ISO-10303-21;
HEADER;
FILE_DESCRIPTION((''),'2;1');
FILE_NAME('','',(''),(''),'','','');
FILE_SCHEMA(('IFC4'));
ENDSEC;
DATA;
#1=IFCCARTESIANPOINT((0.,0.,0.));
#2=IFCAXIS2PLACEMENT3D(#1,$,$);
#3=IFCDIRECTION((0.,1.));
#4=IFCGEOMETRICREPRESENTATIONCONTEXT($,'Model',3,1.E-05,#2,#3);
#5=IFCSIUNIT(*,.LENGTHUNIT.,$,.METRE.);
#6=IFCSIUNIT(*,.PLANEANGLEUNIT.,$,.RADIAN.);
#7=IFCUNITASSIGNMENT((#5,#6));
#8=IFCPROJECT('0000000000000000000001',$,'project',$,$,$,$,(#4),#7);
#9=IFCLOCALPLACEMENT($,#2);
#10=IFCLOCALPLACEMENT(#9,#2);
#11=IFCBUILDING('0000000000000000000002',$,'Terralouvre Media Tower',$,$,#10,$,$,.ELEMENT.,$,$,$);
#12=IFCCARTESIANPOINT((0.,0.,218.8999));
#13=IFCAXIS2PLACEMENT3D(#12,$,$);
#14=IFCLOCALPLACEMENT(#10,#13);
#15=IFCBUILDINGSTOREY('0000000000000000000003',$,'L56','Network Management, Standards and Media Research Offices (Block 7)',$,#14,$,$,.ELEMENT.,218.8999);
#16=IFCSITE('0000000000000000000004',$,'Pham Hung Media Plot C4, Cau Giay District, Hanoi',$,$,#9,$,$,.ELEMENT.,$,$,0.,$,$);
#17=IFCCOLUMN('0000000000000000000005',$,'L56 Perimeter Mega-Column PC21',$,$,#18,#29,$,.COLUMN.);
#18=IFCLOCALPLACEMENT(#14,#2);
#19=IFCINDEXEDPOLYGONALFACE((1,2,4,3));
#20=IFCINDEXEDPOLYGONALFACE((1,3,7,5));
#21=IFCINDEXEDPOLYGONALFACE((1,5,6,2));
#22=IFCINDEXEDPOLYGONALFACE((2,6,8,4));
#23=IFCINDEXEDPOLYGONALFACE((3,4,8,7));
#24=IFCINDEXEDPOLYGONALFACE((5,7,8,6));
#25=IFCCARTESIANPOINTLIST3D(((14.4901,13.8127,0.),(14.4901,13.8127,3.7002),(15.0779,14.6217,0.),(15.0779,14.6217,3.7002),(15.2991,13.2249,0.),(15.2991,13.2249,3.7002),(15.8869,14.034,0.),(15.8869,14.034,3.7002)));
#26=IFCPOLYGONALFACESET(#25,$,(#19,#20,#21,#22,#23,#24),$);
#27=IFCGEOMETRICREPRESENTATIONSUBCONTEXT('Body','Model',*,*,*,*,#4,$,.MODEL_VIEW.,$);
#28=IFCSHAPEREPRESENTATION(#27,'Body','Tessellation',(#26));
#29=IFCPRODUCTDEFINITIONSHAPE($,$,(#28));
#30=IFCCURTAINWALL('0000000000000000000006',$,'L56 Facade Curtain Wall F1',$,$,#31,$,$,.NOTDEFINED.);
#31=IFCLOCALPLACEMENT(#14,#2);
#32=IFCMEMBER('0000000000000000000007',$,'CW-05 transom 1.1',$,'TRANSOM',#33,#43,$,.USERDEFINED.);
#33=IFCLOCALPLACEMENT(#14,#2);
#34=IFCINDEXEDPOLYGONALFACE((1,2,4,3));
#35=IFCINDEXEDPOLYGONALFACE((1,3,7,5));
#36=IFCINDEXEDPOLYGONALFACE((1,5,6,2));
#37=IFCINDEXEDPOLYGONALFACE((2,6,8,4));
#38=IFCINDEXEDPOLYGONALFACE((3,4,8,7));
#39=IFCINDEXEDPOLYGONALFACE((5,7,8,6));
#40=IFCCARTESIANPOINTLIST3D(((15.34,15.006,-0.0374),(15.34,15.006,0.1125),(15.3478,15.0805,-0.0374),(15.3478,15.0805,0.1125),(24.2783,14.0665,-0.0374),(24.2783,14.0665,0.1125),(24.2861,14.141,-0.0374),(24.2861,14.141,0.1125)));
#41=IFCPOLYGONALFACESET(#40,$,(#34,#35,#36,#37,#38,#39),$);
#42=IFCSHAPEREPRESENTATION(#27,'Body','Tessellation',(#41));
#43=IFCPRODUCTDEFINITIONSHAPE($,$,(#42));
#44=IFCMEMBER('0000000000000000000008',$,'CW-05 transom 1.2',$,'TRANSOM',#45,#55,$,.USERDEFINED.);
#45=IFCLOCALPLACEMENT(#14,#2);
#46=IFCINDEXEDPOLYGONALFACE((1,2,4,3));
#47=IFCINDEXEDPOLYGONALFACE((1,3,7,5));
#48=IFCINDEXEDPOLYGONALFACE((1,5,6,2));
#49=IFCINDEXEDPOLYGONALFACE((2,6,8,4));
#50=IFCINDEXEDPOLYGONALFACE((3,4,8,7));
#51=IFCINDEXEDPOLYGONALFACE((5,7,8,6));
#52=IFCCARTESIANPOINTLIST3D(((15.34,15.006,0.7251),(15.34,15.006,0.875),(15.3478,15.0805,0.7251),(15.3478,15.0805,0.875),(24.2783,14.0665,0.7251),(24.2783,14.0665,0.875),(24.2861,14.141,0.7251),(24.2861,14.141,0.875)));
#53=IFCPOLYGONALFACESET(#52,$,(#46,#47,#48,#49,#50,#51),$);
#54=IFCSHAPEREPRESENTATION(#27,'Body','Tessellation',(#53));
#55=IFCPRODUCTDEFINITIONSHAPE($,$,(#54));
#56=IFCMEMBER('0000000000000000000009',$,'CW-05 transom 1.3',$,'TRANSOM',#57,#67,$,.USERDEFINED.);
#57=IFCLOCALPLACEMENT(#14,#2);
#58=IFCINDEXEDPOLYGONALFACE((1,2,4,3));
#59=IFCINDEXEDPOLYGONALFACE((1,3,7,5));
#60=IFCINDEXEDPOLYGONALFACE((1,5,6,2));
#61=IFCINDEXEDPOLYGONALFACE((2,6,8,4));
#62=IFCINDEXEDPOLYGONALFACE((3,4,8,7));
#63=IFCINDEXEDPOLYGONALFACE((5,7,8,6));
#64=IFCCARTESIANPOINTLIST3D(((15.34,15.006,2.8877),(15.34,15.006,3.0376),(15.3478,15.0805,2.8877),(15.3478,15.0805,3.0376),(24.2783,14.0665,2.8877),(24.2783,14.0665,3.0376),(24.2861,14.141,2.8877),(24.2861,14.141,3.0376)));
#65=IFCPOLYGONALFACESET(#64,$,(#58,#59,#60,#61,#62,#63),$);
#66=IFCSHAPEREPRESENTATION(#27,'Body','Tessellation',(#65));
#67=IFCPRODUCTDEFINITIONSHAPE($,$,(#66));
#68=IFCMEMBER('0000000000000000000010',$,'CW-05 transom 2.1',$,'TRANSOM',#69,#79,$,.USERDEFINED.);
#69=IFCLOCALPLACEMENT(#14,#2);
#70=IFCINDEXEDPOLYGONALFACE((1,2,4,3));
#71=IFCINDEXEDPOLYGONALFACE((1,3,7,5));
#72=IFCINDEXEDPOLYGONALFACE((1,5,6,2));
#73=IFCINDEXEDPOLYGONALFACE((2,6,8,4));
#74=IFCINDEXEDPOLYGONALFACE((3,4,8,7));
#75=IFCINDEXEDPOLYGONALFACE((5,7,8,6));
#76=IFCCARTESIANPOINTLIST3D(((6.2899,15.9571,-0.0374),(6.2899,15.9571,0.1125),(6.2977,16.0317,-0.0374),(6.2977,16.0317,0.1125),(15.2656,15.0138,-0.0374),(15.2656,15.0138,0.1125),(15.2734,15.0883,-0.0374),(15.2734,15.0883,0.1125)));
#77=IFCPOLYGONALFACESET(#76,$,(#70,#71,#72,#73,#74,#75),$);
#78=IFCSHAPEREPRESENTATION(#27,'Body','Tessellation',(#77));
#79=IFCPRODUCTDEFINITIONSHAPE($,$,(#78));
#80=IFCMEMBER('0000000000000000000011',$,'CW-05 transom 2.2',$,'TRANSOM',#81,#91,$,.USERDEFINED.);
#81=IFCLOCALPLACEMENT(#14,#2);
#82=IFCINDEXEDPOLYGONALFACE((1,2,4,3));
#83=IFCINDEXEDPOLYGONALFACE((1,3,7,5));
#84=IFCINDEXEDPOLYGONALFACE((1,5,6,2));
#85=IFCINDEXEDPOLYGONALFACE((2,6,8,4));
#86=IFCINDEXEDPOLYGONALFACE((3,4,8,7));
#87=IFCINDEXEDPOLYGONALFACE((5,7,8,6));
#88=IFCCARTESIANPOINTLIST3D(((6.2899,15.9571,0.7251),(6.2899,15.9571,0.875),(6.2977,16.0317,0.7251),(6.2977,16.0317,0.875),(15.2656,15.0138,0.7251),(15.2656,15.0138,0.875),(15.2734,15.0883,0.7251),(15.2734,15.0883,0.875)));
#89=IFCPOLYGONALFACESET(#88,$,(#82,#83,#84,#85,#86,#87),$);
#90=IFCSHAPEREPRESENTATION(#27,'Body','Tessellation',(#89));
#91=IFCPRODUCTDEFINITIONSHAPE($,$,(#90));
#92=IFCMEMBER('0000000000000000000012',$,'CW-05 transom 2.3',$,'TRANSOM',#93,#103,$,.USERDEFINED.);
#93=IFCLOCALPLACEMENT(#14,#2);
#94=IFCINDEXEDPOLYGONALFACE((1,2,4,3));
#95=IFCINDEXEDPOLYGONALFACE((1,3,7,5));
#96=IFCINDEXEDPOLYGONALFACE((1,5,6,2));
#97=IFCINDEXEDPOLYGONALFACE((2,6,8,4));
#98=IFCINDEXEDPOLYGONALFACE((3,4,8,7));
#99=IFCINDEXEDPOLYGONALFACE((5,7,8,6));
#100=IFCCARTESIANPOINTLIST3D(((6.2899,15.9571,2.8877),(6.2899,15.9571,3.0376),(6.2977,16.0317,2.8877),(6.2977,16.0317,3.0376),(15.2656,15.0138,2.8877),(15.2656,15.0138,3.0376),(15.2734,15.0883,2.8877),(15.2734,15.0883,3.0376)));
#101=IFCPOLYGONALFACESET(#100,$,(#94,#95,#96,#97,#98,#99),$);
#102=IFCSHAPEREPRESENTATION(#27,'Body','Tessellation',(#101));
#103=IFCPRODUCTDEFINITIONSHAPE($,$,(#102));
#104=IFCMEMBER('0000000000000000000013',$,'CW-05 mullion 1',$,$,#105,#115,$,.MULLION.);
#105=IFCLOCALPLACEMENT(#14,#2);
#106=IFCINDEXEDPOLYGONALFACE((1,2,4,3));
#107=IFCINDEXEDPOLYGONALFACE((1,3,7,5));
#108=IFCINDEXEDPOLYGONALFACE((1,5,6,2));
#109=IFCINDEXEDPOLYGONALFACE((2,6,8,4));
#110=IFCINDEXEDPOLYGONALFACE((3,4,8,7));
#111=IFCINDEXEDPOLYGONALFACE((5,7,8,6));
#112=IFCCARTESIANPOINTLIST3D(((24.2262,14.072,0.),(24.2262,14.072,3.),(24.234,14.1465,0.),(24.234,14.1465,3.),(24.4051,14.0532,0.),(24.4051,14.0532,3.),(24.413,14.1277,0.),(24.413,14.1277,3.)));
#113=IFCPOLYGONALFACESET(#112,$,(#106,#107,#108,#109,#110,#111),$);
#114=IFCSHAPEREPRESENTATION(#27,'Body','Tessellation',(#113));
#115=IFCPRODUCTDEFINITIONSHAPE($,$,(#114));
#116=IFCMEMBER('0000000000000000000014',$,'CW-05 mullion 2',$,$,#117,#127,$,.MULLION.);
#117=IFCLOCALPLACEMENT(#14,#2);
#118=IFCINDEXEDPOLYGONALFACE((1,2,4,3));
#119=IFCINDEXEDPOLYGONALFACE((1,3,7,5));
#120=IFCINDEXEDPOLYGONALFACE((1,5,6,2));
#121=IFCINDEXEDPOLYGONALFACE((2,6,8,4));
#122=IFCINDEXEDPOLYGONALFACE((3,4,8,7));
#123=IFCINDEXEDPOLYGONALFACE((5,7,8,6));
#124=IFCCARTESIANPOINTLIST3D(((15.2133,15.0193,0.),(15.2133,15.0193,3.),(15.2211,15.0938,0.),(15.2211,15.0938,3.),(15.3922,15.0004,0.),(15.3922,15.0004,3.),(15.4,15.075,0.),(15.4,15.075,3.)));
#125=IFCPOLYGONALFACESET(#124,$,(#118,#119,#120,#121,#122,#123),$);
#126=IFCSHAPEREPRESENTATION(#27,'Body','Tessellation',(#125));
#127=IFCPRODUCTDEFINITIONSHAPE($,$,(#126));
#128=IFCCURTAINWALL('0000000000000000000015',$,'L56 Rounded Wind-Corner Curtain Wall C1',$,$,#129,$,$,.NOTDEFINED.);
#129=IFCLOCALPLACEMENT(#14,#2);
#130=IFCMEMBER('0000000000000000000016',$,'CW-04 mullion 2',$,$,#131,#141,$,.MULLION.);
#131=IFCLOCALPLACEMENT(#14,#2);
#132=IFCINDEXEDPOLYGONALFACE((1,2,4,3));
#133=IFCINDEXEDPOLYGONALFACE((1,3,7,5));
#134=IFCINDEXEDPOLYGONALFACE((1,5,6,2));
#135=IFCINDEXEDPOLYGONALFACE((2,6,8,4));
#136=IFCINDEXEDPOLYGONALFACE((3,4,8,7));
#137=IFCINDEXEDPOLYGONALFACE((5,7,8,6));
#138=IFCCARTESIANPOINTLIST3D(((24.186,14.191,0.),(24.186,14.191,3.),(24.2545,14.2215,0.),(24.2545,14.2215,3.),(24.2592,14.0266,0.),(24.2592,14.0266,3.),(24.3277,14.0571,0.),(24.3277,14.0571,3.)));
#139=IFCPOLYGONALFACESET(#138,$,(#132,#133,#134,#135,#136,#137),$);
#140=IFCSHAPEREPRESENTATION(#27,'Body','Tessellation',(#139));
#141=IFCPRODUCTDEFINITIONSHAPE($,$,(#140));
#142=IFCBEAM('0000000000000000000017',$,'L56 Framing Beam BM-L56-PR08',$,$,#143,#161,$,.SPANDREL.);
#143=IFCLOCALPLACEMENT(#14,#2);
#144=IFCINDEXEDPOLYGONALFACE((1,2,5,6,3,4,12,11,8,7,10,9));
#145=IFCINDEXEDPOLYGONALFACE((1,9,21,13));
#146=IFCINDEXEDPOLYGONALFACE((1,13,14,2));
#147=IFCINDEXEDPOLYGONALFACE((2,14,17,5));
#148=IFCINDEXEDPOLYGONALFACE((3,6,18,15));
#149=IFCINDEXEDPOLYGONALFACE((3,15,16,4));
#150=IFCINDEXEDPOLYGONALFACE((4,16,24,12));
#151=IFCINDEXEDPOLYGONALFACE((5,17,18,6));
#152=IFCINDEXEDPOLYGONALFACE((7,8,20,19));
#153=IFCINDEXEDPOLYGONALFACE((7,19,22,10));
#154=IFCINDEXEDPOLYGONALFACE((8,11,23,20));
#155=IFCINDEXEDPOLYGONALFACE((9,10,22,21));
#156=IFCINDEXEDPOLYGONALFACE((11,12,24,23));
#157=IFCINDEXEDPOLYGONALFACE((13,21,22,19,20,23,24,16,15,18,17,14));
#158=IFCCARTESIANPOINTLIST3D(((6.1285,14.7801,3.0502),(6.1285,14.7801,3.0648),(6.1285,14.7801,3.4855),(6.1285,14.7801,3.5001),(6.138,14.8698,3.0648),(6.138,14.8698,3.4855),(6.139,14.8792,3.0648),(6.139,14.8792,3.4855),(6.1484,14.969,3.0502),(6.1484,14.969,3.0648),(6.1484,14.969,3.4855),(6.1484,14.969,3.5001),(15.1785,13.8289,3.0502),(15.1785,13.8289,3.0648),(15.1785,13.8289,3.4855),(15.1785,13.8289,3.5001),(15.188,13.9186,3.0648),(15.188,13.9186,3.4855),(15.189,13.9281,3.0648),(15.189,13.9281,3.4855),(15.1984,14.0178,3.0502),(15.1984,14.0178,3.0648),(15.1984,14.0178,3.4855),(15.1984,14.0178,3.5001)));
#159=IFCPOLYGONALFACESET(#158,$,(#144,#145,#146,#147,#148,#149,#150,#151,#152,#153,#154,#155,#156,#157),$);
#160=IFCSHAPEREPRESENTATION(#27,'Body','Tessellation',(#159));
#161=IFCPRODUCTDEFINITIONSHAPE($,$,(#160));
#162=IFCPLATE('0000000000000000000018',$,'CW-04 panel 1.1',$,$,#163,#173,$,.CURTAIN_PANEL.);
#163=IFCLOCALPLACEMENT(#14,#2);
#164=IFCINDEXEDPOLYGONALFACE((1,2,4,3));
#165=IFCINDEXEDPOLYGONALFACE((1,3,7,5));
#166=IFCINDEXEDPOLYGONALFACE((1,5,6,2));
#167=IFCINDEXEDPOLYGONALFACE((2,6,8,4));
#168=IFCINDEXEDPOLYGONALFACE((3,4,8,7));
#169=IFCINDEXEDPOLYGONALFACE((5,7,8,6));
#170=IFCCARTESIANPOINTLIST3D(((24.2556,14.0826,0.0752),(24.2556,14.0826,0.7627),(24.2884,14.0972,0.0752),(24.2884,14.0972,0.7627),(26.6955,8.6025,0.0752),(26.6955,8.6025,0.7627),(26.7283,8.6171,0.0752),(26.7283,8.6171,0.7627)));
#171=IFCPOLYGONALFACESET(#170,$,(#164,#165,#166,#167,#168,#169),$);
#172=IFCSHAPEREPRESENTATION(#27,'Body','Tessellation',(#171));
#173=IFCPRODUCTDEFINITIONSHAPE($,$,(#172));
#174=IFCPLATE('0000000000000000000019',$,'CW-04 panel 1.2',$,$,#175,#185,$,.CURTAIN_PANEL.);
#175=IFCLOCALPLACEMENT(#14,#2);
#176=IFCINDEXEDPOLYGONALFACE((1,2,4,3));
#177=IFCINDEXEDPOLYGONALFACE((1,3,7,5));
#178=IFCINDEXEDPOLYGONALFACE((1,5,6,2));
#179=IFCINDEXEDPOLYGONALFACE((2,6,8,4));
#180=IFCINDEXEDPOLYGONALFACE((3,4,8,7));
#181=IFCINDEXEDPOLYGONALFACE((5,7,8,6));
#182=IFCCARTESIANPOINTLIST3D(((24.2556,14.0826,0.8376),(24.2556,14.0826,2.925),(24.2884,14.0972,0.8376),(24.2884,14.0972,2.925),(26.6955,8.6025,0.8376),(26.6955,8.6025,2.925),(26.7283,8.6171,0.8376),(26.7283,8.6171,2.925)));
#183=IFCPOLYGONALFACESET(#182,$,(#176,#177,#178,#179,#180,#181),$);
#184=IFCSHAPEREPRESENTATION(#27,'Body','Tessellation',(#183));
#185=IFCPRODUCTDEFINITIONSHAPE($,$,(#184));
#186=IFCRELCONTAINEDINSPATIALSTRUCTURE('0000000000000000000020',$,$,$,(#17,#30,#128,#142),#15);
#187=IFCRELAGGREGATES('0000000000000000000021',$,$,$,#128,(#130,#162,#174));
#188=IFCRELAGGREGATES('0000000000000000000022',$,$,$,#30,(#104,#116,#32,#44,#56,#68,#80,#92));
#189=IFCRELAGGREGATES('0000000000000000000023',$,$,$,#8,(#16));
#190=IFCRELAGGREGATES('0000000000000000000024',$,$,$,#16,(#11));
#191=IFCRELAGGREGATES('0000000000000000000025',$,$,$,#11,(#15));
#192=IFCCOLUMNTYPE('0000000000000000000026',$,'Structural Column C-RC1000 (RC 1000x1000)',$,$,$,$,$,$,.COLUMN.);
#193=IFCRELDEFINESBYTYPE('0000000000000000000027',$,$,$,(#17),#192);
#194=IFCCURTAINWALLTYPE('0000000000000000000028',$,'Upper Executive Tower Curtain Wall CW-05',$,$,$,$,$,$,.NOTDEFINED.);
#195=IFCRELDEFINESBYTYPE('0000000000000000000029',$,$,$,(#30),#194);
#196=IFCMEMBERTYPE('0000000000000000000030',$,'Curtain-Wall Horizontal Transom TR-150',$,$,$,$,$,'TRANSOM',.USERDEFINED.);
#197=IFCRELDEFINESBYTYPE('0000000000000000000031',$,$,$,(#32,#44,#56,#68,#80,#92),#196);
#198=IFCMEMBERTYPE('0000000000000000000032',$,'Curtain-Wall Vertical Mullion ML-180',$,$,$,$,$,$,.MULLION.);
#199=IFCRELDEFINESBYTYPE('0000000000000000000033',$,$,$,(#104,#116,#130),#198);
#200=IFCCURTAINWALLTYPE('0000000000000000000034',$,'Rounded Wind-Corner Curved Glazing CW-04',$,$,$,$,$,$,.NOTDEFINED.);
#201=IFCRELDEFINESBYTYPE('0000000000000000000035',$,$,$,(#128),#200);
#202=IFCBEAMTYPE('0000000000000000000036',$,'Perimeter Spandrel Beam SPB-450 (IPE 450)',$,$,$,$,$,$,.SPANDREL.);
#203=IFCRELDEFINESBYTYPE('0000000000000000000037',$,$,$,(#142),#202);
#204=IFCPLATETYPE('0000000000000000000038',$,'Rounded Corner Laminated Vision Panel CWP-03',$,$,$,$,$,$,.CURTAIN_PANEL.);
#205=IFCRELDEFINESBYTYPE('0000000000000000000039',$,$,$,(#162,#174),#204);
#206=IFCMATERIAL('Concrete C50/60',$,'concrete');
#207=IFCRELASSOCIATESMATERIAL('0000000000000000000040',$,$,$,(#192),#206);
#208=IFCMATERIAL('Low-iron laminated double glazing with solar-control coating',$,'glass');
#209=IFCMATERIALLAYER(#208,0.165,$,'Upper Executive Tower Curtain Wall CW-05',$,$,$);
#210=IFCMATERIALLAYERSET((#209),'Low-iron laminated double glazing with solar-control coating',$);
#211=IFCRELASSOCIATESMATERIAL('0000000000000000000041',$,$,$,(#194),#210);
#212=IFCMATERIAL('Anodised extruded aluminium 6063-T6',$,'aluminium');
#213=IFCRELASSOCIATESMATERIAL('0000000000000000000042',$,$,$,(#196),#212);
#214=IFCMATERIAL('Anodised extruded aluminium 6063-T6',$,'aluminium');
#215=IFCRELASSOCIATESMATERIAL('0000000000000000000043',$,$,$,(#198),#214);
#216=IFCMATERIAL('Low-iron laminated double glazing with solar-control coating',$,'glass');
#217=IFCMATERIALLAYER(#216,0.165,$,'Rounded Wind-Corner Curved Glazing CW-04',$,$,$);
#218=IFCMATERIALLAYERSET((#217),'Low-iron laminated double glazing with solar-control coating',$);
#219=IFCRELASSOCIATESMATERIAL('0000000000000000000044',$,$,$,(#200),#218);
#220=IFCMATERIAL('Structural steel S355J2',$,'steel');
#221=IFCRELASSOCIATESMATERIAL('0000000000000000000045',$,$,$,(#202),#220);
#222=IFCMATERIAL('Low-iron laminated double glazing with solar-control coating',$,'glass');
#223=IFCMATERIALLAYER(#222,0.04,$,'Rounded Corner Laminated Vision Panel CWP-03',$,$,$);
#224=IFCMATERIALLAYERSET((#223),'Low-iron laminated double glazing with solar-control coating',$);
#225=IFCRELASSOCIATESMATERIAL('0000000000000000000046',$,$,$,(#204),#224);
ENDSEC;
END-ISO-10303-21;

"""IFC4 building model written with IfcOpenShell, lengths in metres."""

from ifc_helpers import new_model, si_unit, direction, frame, origin, origin_2d, place, context, subcontext, project, spatial, rectangle, i_section, extrude, material, layer, layer_set, material_profile, profile_set, type_object, element, aggregate, save


model = new_model("IFC4")

# Units and contexts
model_context = context("Model", 3, precision=1e-05, world=origin(), true_north=direction((0.0, 1.0)))
body_context = subcontext(model_context, "Body", "Model", "MODEL_VIEW")
ifc_project = project(units=[si_unit("LENGTHUNIT", "METRE"), si_unit("PLANEANGLEUNIT", "RADIAN")], contexts=[model_context])

# Site, building, storey
site_placement = place(None, origin())
site = spatial("IfcSite", under=ifc_project, at=site_placement, Name="Pham Hung Media Plot C4, Cau Giay District, Hanoi", CompositionType="ELEMENT", RefElevation=0.0)
building_placement = place(site_placement, origin())
building = spatial("IfcBuilding", under=site, at=building_placement, Name="Terralouvre Media Tower", CompositionType="ELEMENT")
storey_placement = place(building_placement, frame((0.0, 0.0, 218.8999)))
storey = spatial("IfcBuildingStorey", under=building, at=storey_placement, Name="L56", Description="Network Management, Standards and Media Research Offices (Block 7)", CompositionType="ELEMENT", Elevation=218.8999)

# Column
ifc_material_1 = material(Name="Concrete C50/60", Category="concrete")
ifc_material_profile_1 = material_profile(ifc_material_1, rectangle(XDim=1.0, YDim=1.0, at=origin_2d()), Name="RC 1000x1000")
ifc_profile_set_1 = profile_set([ifc_material_profile_1], Name="Concrete C50/60")
column_type = type_object("IfcColumnType", Name="Structural Column C-RC1000 (RC 1000x1000)", PredefinedType="COLUMN", material=ifc_profile_set_1)
column_placement = place(storey_placement, frame((15.1885, 13.9233, 0.0), z_axis=(0.0, 0.0, 1.0), x_axis=(0.587785, 0.809017, 0.0)))
element("IfcColumn", 1, at=column_placement, inside=storey, type_object=column_type, Name="L56 Perimeter Mega-Column PC21", PredefinedType="COLUMN", context=body_context, shape_type="SweptSolid", body=[
    extrude(rectangle(XDim=1.0, YDim=1.0, at=origin_2d()), origin(), (0.0, 0.0, 1.0), 3.7002),
])

# Curtain wall, members
ifc_material_2 = material(Name="Low-iron laminated double glazing with solar-control coating", Category="glass")
ifc_layer_1 = layer(ifc_material_2, 0.165, Name="Upper Executive Tower Curtain Wall CW-05")
ifc_layer_set_1 = layer_set([ifc_layer_1], Name="Low-iron laminated double glazing with solar-control coating")
curtain_wall_type_1 = type_object("IfcCurtainWallType", Name="Upper Executive Tower Curtain Wall CW-05", PredefinedType="NOTDEFINED", material=ifc_layer_set_1)
curtain_wall_1_placement = place(storey_placement, origin())
curtain_wall_1 = element("IfcCurtainWall", 2, at=curtain_wall_1_placement, inside=storey, type_object=curtain_wall_type_1, Name="L56 Facade Curtain Wall F1", PredefinedType="NOTDEFINED")
ifc_material_3 = material(Name="Anodised extruded aluminium 6063-T6", Category="aluminium")
ifc_material_profile_2 = material_profile(ifc_material_3, rectangle(XDim=0.075, YDim=0.1499, at=origin_2d()), Name="ALU 75x150")
ifc_profile_set_2 = profile_set([ifc_material_profile_2], Name="Anodised extruded aluminium 6063-T6")
member_type_1 = type_object("IfcMemberType", Name="Curtain-Wall Horizontal Transom TR-150", ElementType="TRANSOM", PredefinedType="USERDEFINED", material=ifc_profile_set_2)
member_1_placement = place(storey_placement, frame((24.2822, 14.1038, 0.0376), z_axis=(-0.994522, 0.104529, 0.0), x_axis=(-0.104529, -0.994522, 0.0)))
member_1 = element("IfcMember", 3, at=member_1_placement, type_object=member_type_1, Name="CW-05 transom 1.1", ObjectType="TRANSOM", PredefinedType="USERDEFINED", context=body_context, shape_type="SweptSolid", body=[
    extrude(rectangle(XDim=0.075, YDim=0.1499, at=origin_2d()), origin(), (0.0, 0.0, 1.0), 8.9875),
])
member_2_placement = place(storey_placement, frame((24.2822, 14.1038, 0.8), z_axis=(-0.994522, 0.104529, 0.0), x_axis=(-0.104529, -0.994522, 0.0)))
member_2 = element("IfcMember", 4, at=member_2_placement, type_object=member_type_1, Name="CW-05 transom 1.2", ObjectType="TRANSOM", PredefinedType="USERDEFINED", context=body_context, shape_type="SweptSolid", body=[
    extrude(rectangle(XDim=0.075, YDim=0.1499, at=origin_2d()), origin(), (0.0, 0.0, 1.0), 8.9875),
])
member_3_placement = place(storey_placement, frame((24.2822, 14.1038, 2.9626), z_axis=(-0.994522, 0.104529, 0.0), x_axis=(-0.104529, -0.994522, 0.0)))
member_3 = element("IfcMember", 5, at=member_3_placement, type_object=member_type_1, Name="CW-05 transom 1.3", ObjectType="TRANSOM", PredefinedType="USERDEFINED", context=body_context, shape_type="SweptSolid", body=[
    extrude(rectangle(XDim=0.075, YDim=0.1499, at=origin_2d()), origin(), (0.0, 0.0, 1.0), 8.9875),
])
member_4_placement = place(storey_placement, frame((15.2695, 15.051, 0.0376), z_axis=(-0.994522, 0.104527, 0.0), x_axis=(-0.104527, -0.994522, 0.0)))
member_4 = element("IfcMember", 6, at=member_4_placement, type_object=member_type_1, Name="CW-05 transom 2.1", ObjectType="TRANSOM", PredefinedType="USERDEFINED", context=body_context, shape_type="SweptSolid", body=[
    extrude(rectangle(XDim=0.075, YDim=0.1499, at=origin_2d()), origin(), (0.0, 0.0, 1.0), 9.0251),
])
member_5_placement = place(storey_placement, frame((15.2695, 15.051, 0.8), z_axis=(-0.994522, 0.104527, 0.0), x_axis=(-0.104527, -0.994522, 0.0)))
member_5 = element("IfcMember", 7, at=member_5_placement, type_object=member_type_1, Name="CW-05 transom 2.2", ObjectType="TRANSOM", PredefinedType="USERDEFINED", context=body_context, shape_type="SweptSolid", body=[
    extrude(rectangle(XDim=0.075, YDim=0.1499, at=origin_2d()), origin(), (0.0, 0.0, 1.0), 9.0251),
])
member_6_placement = place(storey_placement, frame((15.2695, 15.051, 2.9626), z_axis=(-0.994522, 0.104527, 0.0), x_axis=(-0.104527, -0.994522, 0.0)))
member_6 = element("IfcMember", 8, at=member_6_placement, type_object=member_type_1, Name="CW-05 transom 2.3", ObjectType="TRANSOM", PredefinedType="USERDEFINED", context=body_context, shape_type="SweptSolid", body=[
    extrude(rectangle(XDim=0.075, YDim=0.1499, at=origin_2d()), origin(), (0.0, 0.0, 1.0), 9.0251),
])
ifc_material_4 = material(Name="Anodised extruded aluminium 6063-T6", Category="aluminium")
ifc_material_profile_3 = material_profile(ifc_material_4, rectangle(XDim=0.075, YDim=0.1799, at=origin_2d()), Name="ALU 75x180")
ifc_profile_set_3 = profile_set([ifc_material_profile_3], Name="Anodised extruded aluminium 6063-T6")
member_type_2 = type_object("IfcMemberType", Name="Curtain-Wall Vertical Mullion ML-180", PredefinedType="MULLION", material=ifc_profile_set_3)
member_7_placement = place(storey_placement, frame((24.3196, 14.0999, 0.0), z_axis=(0.0, 0.0, 1.0), x_axis=(-0.104529, -0.994522, 0.0)))
member_7 = element("IfcMember", 9, at=member_7_placement, type_object=member_type_2, Name="CW-05 mullion 1", PredefinedType="MULLION", context=body_context, shape_type="SweptSolid", body=[
    extrude(rectangle(XDim=0.075, YDim=0.1799, at=origin_2d()), origin(), (0.0, 0.0, 1.0), 3.0),
])
member_8_placement = place(storey_placement, frame((15.3066, 15.0471, 0.0), z_axis=(0.0, 0.0, 1.0), x_axis=(-0.104529, -0.994522, 0.0)))
member_8 = element("IfcMember", 10, at=member_8_placement, type_object=member_type_2, Name="CW-05 mullion 2", PredefinedType="MULLION", context=body_context, shape_type="SweptSolid", body=[
    extrude(rectangle(XDim=0.075, YDim=0.1799, at=origin_2d()), origin(), (0.0, 0.0, 1.0), 3.0),
])

# Curtain wall, member
ifc_material_5 = material(Name="Low-iron laminated double glazing with solar-control coating", Category="glass")
ifc_layer_2 = layer(ifc_material_5, 0.165, Name="Rounded Wind-Corner Curved Glazing CW-04")
ifc_layer_set_2 = layer_set([ifc_layer_2], Name="Low-iron laminated double glazing with solar-control coating")
curtain_wall_type_2 = type_object("IfcCurtainWallType", Name="Rounded Wind-Corner Curved Glazing CW-04", PredefinedType="NOTDEFINED", material=ifc_layer_set_2)
curtain_wall_2_placement = place(storey_placement, origin())
curtain_wall_2 = element("IfcCurtainWall", 11, at=curtain_wall_2_placement, inside=storey, type_object=curtain_wall_type_2, Name="L56 Rounded Wind-Corner Curtain Wall C1", PredefinedType="NOTDEFINED")
member_9_placement = place(storey_placement, frame((24.2568, 14.124, 0.0), z_axis=(0.0, 0.0, 1.0), x_axis=(-0.913545, -0.406737, 0.0)))
member_9 = element("IfcMember", 12, at=member_9_placement, type_object=member_type_2, Name="CW-04 mullion 2", PredefinedType="MULLION", context=body_context, shape_type="SweptSolid", body=[
    extrude(rectangle(XDim=0.075, YDim=0.1799, at=origin_2d()), origin(), (0.0, 0.0, 1.0), 3.0),
])

# Beam
ifc_material_6 = material(Name="Structural steel S355J2", Category="steel")
ifc_material_profile_4 = material_profile(ifc_material_6, i_section(OverallWidth=0.1899, OverallDepth=0.45, WebThickness=0.0095, FlangeThickness=0.0146, at=origin_2d()), Name="IPE 450")
ifc_profile_set_4 = profile_set([ifc_material_profile_4], Name="Structural steel S355J2")
beam_type = type_object("IfcBeamType", Name="Perimeter Spandrel Beam SPB-450 (IPE 450)", PredefinedType="SPANDREL", material=ifc_profile_set_4)
beam_placement = place(storey_placement, frame((15.1885, 13.9233, 3.2751), z_axis=(-0.994522, 0.104526, 0.0), x_axis=(-0.104526, -0.994522, 0.0)))
element("IfcBeam", 13, at=beam_placement, inside=storey, type_object=beam_type, Name="L56 Framing Beam BM-L56-PR08", PredefinedType="SPANDREL", context=body_context, shape_type="SweptSolid", body=[
    extrude(i_section(OverallWidth=0.1899, OverallDepth=0.45, WebThickness=0.0095, FlangeThickness=0.0146, at=origin_2d()), origin(), (0.0, 0.0, 1.0), 9.0999),
])

# Plates
ifc_material_7 = material(Name="Low-iron laminated double glazing with solar-control coating", Category="glass")
ifc_layer_3 = layer(ifc_material_7, 0.04, Name="Rounded Corner Laminated Vision Panel CWP-03")
ifc_layer_set_3 = layer_set([ifc_layer_3], Name="Low-iron laminated double glazing with solar-control coating")
plate_type_1 = type_object("IfcPlateType", Name="Rounded Corner Laminated Vision Panel CWP-03", PredefinedType="CURTAIN_PANEL", material=ifc_layer_set_3)
plate_1_placement = place(storey_placement, frame((25.4919, 11.3499, 0.0752), z_axis=(0.0, 0.0, 1.0), x_axis=(-0.406737, 0.913545, 0.0)))
plate_1 = element("IfcPlate", 14, at=plate_1_placement, type_object=plate_type_1, Name="CW-04 panel 1.1", PredefinedType="CURTAIN_PANEL", context=body_context, shape_type="SweptSolid", body=[
    extrude(rectangle(XDim=5.9988, YDim=0.0359, at=origin_2d()), origin(), (0.0, 0.0, 1.0), 0.6875),
])
plate_2_placement = place(storey_placement, frame((25.4919, 11.3499, 0.8376), z_axis=(0.0, 0.0, 1.0), x_axis=(-0.406737, 0.913545, 0.0)))
plate_2 = element("IfcPlate", 15, at=plate_2_placement, type_object=plate_type_1, Name="CW-04 panel 1.2", PredefinedType="CURTAIN_PANEL", context=body_context, shape_type="SweptSolid", body=[
    extrude(rectangle(XDim=5.9988, YDim=0.0359, at=origin_2d()), origin(), (0.0, 0.0, 1.0), 2.0874),
])
aggregate(curtain_wall_2, [member_9, plate_1, plate_2])
aggregate(curtain_wall_1, [member_7, member_8, member_1, member_2, member_3, member_4, member_5, member_6])

save(model, "model.ifc")
